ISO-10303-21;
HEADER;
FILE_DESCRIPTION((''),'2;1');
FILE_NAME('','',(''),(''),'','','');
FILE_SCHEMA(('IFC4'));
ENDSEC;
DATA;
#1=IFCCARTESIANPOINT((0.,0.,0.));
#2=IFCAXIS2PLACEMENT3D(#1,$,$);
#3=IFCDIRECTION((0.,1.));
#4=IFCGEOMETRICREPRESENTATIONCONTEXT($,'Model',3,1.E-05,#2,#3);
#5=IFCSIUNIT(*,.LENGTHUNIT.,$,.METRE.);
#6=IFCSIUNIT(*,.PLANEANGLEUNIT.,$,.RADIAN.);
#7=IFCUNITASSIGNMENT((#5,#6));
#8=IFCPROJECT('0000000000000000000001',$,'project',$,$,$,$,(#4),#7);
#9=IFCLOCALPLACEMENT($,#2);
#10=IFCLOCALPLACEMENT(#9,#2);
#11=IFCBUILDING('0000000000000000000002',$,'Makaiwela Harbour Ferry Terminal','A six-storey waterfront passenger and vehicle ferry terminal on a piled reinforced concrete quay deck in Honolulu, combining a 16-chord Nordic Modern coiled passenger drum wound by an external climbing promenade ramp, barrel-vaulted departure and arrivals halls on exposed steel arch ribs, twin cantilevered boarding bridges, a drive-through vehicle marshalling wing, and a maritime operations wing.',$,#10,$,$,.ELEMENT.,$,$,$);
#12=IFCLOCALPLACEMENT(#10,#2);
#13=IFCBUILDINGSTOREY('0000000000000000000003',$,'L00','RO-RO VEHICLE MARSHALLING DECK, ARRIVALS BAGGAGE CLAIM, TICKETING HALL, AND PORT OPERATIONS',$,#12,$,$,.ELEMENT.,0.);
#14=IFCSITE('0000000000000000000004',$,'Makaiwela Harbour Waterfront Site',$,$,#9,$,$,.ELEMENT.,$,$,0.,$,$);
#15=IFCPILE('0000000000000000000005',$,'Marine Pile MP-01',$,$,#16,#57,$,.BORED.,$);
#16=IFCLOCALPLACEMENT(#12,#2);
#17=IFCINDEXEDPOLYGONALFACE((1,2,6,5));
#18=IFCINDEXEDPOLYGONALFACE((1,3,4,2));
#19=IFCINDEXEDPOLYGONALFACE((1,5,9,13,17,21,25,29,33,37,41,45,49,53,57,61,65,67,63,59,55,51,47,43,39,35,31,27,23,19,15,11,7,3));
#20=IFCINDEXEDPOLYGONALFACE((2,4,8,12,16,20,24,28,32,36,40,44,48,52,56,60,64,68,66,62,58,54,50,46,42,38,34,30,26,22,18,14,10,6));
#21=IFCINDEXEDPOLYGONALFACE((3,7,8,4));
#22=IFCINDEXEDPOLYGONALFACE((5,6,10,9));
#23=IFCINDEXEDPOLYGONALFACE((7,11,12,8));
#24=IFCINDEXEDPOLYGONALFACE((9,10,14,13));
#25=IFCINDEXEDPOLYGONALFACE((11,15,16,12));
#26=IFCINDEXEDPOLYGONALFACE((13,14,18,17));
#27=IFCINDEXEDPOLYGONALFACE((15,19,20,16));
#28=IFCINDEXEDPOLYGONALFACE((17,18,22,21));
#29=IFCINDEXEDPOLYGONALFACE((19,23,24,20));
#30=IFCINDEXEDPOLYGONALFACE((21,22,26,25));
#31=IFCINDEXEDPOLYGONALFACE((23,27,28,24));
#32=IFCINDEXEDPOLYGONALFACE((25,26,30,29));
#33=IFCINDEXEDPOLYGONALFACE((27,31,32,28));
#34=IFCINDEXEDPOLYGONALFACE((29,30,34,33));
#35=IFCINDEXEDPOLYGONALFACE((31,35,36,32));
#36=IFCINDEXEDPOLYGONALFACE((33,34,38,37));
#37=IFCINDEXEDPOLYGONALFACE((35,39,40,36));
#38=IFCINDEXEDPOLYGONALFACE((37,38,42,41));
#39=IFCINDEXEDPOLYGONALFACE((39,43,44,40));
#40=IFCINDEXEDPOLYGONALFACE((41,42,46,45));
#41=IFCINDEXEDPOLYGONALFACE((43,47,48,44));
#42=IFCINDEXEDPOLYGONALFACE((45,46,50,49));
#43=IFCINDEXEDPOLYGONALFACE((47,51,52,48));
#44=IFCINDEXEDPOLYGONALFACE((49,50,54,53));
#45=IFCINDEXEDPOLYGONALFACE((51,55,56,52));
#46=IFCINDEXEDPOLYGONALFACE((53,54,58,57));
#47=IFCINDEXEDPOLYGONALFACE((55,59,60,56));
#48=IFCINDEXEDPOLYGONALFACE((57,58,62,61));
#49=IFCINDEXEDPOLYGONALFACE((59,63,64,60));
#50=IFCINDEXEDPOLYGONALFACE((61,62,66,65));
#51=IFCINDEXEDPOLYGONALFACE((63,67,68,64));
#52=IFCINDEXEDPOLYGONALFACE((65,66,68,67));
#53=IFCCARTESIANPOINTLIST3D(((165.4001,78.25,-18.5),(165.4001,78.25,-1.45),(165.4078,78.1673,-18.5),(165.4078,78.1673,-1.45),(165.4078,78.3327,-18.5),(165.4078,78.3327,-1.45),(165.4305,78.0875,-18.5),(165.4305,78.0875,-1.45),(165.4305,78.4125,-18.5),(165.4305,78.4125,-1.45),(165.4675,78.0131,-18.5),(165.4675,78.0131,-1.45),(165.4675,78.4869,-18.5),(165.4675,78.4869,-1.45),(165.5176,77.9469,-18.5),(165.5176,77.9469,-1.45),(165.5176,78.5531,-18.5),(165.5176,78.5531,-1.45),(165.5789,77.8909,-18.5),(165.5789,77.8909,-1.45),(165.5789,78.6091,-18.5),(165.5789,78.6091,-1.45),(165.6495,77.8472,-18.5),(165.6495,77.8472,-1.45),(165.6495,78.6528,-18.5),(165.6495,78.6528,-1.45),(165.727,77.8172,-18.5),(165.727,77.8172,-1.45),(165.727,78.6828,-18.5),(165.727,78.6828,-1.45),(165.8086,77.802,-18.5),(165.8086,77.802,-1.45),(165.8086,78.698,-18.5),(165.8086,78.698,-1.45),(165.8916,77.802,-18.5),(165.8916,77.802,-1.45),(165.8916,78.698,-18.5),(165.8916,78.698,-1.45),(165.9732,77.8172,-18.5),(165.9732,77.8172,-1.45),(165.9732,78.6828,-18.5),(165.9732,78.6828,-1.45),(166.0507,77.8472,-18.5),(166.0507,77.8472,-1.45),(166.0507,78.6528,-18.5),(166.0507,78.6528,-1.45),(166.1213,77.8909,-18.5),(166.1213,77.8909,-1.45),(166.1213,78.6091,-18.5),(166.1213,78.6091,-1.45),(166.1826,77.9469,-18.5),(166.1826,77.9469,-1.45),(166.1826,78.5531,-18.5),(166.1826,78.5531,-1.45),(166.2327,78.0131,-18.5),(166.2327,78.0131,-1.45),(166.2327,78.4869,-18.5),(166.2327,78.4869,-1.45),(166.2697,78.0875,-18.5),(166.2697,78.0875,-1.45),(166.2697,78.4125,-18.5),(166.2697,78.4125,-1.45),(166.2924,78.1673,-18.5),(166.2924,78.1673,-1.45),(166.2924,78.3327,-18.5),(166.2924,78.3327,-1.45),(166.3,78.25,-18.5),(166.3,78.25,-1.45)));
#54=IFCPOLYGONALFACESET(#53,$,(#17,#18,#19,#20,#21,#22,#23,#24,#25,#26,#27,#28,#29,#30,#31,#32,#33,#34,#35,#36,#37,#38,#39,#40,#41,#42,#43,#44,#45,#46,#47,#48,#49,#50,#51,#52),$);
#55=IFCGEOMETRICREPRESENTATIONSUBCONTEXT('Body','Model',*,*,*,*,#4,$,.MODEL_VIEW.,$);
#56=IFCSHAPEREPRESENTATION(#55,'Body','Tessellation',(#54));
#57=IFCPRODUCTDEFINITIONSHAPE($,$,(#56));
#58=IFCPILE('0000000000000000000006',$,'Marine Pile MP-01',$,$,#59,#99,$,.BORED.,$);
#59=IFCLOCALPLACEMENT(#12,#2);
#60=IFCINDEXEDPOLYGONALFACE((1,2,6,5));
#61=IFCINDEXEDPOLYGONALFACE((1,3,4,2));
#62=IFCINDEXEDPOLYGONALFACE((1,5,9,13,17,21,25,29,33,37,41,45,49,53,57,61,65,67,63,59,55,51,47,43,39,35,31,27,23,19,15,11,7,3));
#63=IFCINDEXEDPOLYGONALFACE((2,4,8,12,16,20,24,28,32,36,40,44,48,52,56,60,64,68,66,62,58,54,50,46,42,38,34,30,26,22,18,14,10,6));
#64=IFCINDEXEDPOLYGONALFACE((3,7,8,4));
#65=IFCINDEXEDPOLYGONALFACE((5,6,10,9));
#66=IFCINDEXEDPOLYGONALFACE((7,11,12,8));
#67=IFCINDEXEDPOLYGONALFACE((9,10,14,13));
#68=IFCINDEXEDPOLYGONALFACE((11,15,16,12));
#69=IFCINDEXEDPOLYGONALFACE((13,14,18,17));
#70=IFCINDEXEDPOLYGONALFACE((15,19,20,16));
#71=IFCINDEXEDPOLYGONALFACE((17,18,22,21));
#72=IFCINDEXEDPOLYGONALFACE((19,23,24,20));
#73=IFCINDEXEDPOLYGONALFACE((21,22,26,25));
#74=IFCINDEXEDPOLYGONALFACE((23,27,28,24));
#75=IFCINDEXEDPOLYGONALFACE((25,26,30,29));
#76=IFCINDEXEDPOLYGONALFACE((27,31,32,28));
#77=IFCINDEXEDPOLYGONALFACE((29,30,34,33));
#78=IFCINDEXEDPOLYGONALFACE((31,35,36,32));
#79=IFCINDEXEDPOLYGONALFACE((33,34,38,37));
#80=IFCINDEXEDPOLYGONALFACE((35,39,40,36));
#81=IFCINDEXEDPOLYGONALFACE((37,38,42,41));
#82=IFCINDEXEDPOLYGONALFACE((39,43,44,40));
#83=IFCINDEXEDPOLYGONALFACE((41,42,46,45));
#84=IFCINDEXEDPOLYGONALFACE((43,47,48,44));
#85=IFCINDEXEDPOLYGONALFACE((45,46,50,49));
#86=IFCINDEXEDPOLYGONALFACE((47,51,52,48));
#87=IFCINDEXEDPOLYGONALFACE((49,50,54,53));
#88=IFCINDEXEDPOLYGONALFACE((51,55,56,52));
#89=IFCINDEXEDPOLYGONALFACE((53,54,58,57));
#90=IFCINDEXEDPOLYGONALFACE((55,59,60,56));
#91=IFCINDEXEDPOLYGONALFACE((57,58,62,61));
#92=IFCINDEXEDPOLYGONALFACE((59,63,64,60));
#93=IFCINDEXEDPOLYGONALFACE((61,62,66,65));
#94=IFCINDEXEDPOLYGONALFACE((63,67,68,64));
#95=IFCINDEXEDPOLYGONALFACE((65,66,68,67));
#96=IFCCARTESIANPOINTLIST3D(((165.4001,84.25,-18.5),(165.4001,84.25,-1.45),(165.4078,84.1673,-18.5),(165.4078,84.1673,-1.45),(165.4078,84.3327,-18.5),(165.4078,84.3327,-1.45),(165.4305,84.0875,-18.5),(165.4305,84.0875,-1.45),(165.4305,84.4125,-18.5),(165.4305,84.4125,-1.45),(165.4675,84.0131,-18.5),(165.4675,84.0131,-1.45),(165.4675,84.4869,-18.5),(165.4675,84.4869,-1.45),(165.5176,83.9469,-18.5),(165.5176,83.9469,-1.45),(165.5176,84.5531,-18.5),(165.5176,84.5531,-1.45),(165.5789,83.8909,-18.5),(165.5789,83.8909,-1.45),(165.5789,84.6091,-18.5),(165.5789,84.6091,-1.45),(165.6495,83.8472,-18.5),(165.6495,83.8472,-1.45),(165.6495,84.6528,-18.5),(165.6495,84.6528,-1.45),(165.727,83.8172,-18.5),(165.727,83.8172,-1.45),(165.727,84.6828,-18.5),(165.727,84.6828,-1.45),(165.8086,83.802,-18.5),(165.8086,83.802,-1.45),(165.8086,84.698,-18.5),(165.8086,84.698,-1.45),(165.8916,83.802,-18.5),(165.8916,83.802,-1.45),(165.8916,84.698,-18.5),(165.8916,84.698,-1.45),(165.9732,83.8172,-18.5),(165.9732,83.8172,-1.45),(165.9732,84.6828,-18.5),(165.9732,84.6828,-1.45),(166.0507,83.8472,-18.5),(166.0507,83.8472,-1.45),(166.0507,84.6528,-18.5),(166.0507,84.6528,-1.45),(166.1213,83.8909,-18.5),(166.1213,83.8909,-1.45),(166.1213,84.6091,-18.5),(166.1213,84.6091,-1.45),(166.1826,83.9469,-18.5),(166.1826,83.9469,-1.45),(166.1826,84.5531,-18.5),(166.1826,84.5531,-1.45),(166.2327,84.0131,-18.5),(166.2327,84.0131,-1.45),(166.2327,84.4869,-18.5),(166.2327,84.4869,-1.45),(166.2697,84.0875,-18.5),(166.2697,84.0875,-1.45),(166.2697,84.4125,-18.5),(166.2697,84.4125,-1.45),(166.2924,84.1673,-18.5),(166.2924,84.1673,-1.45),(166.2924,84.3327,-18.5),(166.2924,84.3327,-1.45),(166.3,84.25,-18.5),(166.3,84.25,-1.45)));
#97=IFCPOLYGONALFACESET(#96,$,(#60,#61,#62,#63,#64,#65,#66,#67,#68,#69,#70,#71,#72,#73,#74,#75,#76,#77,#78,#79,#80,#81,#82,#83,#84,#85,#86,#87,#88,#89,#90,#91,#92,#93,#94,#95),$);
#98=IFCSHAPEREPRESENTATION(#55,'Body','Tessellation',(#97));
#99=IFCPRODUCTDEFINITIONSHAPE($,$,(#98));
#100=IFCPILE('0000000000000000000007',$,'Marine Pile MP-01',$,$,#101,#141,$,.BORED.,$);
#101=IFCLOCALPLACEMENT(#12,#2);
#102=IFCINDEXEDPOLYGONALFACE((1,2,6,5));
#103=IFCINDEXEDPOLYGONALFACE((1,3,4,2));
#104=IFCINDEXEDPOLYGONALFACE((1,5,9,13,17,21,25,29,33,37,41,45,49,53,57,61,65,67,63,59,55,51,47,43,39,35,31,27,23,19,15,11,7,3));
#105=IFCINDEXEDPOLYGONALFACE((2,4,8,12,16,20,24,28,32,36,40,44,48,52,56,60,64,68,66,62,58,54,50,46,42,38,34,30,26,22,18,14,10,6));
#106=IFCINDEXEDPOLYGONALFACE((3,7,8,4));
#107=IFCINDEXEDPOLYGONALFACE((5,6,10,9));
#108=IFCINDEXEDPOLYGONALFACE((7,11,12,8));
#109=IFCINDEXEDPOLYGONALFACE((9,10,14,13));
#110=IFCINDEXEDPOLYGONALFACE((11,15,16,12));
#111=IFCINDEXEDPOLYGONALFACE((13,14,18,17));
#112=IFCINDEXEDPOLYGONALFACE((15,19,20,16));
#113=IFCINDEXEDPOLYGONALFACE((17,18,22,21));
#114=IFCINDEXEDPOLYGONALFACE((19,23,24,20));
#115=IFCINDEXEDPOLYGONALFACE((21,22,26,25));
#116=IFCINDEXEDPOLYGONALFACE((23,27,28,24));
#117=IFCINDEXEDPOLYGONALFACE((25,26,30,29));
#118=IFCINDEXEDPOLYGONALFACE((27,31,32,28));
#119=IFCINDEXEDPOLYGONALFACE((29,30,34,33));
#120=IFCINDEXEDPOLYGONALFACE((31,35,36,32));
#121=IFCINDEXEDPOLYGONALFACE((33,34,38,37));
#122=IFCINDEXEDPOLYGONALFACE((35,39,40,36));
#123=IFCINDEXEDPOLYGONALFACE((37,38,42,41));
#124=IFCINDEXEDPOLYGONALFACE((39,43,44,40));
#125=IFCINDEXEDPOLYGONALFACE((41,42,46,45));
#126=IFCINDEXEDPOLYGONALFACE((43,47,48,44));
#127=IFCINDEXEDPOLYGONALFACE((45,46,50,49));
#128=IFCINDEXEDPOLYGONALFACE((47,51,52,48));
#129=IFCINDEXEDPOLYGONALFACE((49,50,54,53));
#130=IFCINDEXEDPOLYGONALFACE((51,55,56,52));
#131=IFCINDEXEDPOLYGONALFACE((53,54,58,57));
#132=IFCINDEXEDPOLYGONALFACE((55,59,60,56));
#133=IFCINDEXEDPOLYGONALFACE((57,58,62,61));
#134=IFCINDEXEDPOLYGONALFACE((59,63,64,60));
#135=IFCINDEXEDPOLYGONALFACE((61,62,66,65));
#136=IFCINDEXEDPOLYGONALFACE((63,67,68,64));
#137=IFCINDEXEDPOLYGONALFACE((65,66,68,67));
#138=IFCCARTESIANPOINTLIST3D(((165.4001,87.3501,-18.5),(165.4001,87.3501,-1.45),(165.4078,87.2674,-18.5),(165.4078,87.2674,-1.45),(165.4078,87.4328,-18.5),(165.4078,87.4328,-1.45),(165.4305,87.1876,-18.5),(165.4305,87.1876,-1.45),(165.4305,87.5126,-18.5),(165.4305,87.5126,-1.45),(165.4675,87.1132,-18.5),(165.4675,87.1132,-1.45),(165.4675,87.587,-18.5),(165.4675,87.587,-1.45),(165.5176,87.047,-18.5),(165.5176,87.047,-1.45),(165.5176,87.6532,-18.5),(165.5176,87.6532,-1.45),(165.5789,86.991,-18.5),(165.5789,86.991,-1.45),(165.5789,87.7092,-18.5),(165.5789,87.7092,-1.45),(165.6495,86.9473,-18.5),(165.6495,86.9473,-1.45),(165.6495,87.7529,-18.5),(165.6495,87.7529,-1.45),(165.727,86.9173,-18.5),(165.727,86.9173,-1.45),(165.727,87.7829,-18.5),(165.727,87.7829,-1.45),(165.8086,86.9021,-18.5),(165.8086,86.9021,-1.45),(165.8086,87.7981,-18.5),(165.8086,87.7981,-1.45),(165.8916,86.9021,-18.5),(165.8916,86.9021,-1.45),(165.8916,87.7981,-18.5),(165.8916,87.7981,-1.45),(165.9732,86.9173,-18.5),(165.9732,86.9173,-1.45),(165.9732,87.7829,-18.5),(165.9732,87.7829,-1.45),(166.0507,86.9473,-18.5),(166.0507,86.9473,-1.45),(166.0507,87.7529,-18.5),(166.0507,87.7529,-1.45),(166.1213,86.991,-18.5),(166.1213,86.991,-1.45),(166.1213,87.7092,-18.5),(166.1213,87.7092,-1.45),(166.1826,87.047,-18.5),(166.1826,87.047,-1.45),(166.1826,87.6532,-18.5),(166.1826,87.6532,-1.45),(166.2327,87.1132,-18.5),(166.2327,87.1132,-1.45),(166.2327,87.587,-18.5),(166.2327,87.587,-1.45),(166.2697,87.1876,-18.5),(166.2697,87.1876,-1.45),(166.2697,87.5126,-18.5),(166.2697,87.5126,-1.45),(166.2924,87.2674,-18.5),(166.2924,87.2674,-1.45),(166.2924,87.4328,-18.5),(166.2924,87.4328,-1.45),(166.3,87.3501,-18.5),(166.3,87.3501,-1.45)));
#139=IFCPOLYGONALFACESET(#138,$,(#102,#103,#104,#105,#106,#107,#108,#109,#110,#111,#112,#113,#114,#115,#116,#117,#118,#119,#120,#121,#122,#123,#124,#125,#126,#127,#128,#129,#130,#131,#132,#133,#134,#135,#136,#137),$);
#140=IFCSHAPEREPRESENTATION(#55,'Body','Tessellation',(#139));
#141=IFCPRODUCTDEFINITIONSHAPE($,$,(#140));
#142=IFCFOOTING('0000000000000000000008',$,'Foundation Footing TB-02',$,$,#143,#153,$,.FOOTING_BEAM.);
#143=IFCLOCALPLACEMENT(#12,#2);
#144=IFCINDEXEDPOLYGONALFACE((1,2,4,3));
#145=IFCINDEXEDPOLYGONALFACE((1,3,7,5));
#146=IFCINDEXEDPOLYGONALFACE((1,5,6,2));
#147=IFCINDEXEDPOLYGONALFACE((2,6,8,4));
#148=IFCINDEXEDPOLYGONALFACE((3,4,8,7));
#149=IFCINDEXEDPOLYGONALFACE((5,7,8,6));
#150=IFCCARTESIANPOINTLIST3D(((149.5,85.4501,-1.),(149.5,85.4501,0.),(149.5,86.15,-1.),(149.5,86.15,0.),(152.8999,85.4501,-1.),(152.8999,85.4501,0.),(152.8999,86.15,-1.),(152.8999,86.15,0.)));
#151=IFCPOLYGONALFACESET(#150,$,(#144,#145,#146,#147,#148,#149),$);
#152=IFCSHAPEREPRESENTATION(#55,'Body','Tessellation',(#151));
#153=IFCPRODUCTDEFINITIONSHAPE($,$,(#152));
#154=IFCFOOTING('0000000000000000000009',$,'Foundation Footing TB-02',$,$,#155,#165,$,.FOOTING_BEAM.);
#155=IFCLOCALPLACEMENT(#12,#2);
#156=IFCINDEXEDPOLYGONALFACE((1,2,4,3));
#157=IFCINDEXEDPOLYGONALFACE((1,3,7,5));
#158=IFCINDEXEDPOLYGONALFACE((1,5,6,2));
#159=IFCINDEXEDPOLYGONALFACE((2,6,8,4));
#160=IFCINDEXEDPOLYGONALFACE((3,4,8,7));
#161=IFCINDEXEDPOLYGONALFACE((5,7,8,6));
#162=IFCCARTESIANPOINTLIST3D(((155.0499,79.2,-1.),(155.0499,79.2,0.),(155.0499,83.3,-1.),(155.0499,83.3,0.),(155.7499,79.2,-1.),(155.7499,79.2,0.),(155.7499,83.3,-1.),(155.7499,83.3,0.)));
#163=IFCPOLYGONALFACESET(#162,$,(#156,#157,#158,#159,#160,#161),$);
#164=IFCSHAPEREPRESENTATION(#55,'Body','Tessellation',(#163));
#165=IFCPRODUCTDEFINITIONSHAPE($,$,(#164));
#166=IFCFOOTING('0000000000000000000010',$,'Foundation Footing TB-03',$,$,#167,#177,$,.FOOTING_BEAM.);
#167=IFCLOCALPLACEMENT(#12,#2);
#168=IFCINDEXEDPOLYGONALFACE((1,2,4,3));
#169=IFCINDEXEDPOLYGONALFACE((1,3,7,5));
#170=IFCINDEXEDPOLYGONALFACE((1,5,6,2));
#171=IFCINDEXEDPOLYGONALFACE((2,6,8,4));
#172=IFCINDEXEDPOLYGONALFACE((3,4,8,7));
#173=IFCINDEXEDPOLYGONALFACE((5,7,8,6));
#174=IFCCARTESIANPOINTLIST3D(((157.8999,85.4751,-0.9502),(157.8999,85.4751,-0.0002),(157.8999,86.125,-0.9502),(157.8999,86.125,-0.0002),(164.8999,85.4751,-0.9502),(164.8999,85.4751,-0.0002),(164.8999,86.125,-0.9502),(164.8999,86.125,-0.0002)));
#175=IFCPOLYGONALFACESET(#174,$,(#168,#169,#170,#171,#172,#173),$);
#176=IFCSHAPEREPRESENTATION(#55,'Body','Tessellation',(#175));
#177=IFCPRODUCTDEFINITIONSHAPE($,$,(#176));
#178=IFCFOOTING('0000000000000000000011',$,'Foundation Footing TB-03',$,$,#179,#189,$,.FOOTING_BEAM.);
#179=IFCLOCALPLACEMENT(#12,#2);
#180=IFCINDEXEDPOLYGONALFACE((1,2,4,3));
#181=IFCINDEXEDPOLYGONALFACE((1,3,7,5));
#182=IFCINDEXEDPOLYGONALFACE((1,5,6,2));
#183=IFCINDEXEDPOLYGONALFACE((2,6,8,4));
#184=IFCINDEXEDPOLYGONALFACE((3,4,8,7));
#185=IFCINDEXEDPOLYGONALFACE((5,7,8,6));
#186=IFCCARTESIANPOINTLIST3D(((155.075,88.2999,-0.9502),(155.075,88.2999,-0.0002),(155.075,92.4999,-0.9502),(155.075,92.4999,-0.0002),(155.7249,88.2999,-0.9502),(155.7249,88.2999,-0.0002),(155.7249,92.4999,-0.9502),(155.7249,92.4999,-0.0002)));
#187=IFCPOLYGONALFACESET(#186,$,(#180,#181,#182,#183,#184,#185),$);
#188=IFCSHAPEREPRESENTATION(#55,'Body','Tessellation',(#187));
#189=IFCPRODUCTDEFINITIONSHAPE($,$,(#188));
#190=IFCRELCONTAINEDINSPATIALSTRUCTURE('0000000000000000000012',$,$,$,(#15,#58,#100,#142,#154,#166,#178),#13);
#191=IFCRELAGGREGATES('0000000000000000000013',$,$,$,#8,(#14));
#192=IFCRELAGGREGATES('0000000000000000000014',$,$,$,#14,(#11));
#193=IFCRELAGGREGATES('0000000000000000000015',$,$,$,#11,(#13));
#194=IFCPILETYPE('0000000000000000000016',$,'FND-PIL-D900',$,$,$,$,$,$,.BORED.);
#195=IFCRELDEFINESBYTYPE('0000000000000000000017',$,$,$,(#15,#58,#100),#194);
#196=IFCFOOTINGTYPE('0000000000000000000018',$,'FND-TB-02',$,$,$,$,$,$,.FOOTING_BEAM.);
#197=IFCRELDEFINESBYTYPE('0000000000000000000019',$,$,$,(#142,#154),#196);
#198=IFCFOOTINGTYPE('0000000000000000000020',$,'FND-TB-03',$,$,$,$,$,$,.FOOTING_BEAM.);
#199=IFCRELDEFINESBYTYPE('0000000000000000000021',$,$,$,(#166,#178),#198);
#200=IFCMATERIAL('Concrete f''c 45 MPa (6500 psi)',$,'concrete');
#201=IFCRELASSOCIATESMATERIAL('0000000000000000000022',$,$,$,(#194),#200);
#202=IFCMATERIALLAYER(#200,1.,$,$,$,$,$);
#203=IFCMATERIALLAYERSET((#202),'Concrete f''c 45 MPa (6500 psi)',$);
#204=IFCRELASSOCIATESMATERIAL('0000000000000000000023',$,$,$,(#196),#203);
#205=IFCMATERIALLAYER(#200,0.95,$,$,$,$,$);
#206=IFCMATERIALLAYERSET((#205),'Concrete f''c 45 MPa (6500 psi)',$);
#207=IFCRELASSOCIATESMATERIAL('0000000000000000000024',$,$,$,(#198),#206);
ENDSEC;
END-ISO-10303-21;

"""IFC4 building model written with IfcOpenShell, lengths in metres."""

from ifc_helpers import new_model, si_unit, direction, frame, origin, origin_2d, place, context, subcontext, project, spatial, rectangle, circle, extrude, material, layer, layer_set, material_profile, profile_set, type_object, element, save


model = new_model("IFC4")

# Units and contexts
model_context = context("Model", 3, precision=1e-05, world=origin(), true_north=direction((0.0, 1.0)))
body_context = subcontext(model_context, "Body", "Model", "MODEL_VIEW")
ifc_project = project(units=[si_unit("LENGTHUNIT", "METRE"), si_unit("PLANEANGLEUNIT", "RADIAN")], contexts=[model_context])

# Site, building, storey
site_placement = place(None, origin())
site = spatial("IfcSite", under=ifc_project, at=site_placement, Name="Makaiwela Harbour Waterfront Site", CompositionType="ELEMENT", RefElevation=0.0)
building_placement = place(site_placement, origin())
building = spatial("IfcBuilding", under=site, at=building_placement, Name="Makaiwela Harbour Ferry Terminal", Description="A six-storey waterfront passenger and vehicle ferry terminal on a piled reinforced concrete quay deck in Honolulu, combining a 16-chord Nordic Modern coiled passenger drum wound by an external climbing promenade ramp, barrel-vaulted departure and arrivals halls on exposed steel arch ribs, twin cantilevered boarding bridges, a drive-through vehicle marshalling wing, and a maritime operations wing.", CompositionType="ELEMENT")
storey_placement = place(building_placement, origin())
storey = spatial("IfcBuildingStorey", under=building, at=storey_placement, Name="L00", Description="RO-RO VEHICLE MARSHALLING DECK, ARRIVALS BAGGAGE CLAIM, TICKETING HALL, AND PORT OPERATIONS", CompositionType="ELEMENT", Elevation=0.0)

# Shared definitions
ifc_material_1 = material(Name="Concrete f'c 45 MPa (6500 psi)", Category="concrete")

# Piles
ifc_material_profile_1 = material_profile(ifc_material_1, circle(Radius=0.45, at=origin_2d()), Name="PILE-D900")
ifc_profile_set_1 = profile_set([ifc_material_profile_1], Name="Concrete f'c 45 MPa (6500 psi)")
pile_type = type_object("IfcPileType", Name="FND-PIL-D900", PredefinedType="BORED", material=ifc_profile_set_1)
for number, where, z_axis, x_axis, name in (
    (1, (165.8501, 78.25, -1.45), (0.0, 0.0, -1.0), (1.0, 0.0, 0.0), "Marine Pile MP-01"),
    (2, (165.8501, 84.25, -1.45), (0.0, 0.0, -1.0), (1.0, 0.0, 0.0), "Marine Pile MP-01"),
    (3, (165.8501, 87.3501, -1.45), (0.0, 0.0, -1.0), (1.0, 0.0, 0.0), "Marine Pile MP-01"),
):
    element("IfcPile", number, at=place(storey_placement, frame(where, z_axis=z_axis, x_axis=x_axis)), inside=storey, type_object=pile_type, Name=name, PredefinedType="BORED", context=body_context, shape_type="SweptSolid", body=[
        extrude(circle(Radius=0.45, at=origin_2d()), origin(), (0.0, 0.0, 1.0), 17.05),
    ])

# Footings
ifc_layer_1 = layer(ifc_material_1, 1.0)
ifc_layer_set_1 = layer_set([ifc_layer_1], Name="Concrete f'c 45 MPa (6500 psi)")
footing_type_1 = type_object("IfcFootingType", Name="FND-TB-02", PredefinedType="FOOTING_BEAM", material=ifc_layer_set_1)
footing_1_placement = place(storey_placement, frame((151.2, 85.8, -1.0), z_axis=(0.0, 0.0, 1.0), x_axis=(1.0, 0.0, 0.0)))
element("IfcFooting", 4, at=footing_1_placement, inside=storey, type_object=footing_type_1, Name="Foundation Footing TB-02", PredefinedType="FOOTING_BEAM", context=body_context, shape_type="SweptSolid", body=[
    extrude(rectangle(XDim=3.3999, YDim=0.7, at=origin_2d()), origin(), (0.0, 0.0, 1.0), 1.0),
])
footing_2_placement = place(storey_placement, frame((155.3999, 81.25, -1.0), z_axis=(0.0, 0.0, 1.0), x_axis=(0.0, 1.0, 0.0)))
element("IfcFooting", 5, at=footing_2_placement, inside=storey, type_object=footing_type_1, Name="Foundation Footing TB-02", PredefinedType="FOOTING_BEAM", context=body_context, shape_type="SweptSolid", body=[
    extrude(rectangle(XDim=4.1001, YDim=0.7, at=origin_2d()), origin(), (0.0, 0.0, 1.0), 1.0),
])
ifc_layer_2 = layer(ifc_material_1, 0.95)
ifc_layer_set_2 = layer_set([ifc_layer_2], Name="Concrete f'c 45 MPa (6500 psi)")
footing_type_2 = type_object("IfcFootingType", Name="FND-TB-03", PredefinedType="FOOTING_BEAM", material=ifc_layer_set_2)
footing_3_placement = place(storey_placement, frame((161.3999, 85.8, -0.9502), z_axis=(0.0, 0.0, 1.0), x_axis=(1.0, 0.0, 0.0)))
element("IfcFooting", 6, at=footing_3_placement, inside=storey, type_object=footing_type_2, Name="Foundation Footing TB-03", PredefinedType="FOOTING_BEAM", context=body_context, shape_type="SweptSolid", body=[
    extrude(rectangle(XDim=7.0, YDim=0.6499, at=origin_2d()), origin(), (0.0, 0.0, 1.0), 0.95),
])
footing_4_placement = place(storey_placement, frame((155.3999, 90.3999, -0.9502), z_axis=(0.0, 0.0, 1.0), x_axis=(0.0, 1.0, 0.0)))
element("IfcFooting", 7, at=footing_4_placement, inside=storey, type_object=footing_type_2, Name="Foundation Footing TB-03", PredefinedType="FOOTING_BEAM", context=body_context, shape_type="SweptSolid", body=[
    extrude(rectangle(XDim=4.2, YDim=0.6499, at=origin_2d()), origin(), (0.0, 0.0, 1.0), 0.95),
])

save(model, "model.ifc")
